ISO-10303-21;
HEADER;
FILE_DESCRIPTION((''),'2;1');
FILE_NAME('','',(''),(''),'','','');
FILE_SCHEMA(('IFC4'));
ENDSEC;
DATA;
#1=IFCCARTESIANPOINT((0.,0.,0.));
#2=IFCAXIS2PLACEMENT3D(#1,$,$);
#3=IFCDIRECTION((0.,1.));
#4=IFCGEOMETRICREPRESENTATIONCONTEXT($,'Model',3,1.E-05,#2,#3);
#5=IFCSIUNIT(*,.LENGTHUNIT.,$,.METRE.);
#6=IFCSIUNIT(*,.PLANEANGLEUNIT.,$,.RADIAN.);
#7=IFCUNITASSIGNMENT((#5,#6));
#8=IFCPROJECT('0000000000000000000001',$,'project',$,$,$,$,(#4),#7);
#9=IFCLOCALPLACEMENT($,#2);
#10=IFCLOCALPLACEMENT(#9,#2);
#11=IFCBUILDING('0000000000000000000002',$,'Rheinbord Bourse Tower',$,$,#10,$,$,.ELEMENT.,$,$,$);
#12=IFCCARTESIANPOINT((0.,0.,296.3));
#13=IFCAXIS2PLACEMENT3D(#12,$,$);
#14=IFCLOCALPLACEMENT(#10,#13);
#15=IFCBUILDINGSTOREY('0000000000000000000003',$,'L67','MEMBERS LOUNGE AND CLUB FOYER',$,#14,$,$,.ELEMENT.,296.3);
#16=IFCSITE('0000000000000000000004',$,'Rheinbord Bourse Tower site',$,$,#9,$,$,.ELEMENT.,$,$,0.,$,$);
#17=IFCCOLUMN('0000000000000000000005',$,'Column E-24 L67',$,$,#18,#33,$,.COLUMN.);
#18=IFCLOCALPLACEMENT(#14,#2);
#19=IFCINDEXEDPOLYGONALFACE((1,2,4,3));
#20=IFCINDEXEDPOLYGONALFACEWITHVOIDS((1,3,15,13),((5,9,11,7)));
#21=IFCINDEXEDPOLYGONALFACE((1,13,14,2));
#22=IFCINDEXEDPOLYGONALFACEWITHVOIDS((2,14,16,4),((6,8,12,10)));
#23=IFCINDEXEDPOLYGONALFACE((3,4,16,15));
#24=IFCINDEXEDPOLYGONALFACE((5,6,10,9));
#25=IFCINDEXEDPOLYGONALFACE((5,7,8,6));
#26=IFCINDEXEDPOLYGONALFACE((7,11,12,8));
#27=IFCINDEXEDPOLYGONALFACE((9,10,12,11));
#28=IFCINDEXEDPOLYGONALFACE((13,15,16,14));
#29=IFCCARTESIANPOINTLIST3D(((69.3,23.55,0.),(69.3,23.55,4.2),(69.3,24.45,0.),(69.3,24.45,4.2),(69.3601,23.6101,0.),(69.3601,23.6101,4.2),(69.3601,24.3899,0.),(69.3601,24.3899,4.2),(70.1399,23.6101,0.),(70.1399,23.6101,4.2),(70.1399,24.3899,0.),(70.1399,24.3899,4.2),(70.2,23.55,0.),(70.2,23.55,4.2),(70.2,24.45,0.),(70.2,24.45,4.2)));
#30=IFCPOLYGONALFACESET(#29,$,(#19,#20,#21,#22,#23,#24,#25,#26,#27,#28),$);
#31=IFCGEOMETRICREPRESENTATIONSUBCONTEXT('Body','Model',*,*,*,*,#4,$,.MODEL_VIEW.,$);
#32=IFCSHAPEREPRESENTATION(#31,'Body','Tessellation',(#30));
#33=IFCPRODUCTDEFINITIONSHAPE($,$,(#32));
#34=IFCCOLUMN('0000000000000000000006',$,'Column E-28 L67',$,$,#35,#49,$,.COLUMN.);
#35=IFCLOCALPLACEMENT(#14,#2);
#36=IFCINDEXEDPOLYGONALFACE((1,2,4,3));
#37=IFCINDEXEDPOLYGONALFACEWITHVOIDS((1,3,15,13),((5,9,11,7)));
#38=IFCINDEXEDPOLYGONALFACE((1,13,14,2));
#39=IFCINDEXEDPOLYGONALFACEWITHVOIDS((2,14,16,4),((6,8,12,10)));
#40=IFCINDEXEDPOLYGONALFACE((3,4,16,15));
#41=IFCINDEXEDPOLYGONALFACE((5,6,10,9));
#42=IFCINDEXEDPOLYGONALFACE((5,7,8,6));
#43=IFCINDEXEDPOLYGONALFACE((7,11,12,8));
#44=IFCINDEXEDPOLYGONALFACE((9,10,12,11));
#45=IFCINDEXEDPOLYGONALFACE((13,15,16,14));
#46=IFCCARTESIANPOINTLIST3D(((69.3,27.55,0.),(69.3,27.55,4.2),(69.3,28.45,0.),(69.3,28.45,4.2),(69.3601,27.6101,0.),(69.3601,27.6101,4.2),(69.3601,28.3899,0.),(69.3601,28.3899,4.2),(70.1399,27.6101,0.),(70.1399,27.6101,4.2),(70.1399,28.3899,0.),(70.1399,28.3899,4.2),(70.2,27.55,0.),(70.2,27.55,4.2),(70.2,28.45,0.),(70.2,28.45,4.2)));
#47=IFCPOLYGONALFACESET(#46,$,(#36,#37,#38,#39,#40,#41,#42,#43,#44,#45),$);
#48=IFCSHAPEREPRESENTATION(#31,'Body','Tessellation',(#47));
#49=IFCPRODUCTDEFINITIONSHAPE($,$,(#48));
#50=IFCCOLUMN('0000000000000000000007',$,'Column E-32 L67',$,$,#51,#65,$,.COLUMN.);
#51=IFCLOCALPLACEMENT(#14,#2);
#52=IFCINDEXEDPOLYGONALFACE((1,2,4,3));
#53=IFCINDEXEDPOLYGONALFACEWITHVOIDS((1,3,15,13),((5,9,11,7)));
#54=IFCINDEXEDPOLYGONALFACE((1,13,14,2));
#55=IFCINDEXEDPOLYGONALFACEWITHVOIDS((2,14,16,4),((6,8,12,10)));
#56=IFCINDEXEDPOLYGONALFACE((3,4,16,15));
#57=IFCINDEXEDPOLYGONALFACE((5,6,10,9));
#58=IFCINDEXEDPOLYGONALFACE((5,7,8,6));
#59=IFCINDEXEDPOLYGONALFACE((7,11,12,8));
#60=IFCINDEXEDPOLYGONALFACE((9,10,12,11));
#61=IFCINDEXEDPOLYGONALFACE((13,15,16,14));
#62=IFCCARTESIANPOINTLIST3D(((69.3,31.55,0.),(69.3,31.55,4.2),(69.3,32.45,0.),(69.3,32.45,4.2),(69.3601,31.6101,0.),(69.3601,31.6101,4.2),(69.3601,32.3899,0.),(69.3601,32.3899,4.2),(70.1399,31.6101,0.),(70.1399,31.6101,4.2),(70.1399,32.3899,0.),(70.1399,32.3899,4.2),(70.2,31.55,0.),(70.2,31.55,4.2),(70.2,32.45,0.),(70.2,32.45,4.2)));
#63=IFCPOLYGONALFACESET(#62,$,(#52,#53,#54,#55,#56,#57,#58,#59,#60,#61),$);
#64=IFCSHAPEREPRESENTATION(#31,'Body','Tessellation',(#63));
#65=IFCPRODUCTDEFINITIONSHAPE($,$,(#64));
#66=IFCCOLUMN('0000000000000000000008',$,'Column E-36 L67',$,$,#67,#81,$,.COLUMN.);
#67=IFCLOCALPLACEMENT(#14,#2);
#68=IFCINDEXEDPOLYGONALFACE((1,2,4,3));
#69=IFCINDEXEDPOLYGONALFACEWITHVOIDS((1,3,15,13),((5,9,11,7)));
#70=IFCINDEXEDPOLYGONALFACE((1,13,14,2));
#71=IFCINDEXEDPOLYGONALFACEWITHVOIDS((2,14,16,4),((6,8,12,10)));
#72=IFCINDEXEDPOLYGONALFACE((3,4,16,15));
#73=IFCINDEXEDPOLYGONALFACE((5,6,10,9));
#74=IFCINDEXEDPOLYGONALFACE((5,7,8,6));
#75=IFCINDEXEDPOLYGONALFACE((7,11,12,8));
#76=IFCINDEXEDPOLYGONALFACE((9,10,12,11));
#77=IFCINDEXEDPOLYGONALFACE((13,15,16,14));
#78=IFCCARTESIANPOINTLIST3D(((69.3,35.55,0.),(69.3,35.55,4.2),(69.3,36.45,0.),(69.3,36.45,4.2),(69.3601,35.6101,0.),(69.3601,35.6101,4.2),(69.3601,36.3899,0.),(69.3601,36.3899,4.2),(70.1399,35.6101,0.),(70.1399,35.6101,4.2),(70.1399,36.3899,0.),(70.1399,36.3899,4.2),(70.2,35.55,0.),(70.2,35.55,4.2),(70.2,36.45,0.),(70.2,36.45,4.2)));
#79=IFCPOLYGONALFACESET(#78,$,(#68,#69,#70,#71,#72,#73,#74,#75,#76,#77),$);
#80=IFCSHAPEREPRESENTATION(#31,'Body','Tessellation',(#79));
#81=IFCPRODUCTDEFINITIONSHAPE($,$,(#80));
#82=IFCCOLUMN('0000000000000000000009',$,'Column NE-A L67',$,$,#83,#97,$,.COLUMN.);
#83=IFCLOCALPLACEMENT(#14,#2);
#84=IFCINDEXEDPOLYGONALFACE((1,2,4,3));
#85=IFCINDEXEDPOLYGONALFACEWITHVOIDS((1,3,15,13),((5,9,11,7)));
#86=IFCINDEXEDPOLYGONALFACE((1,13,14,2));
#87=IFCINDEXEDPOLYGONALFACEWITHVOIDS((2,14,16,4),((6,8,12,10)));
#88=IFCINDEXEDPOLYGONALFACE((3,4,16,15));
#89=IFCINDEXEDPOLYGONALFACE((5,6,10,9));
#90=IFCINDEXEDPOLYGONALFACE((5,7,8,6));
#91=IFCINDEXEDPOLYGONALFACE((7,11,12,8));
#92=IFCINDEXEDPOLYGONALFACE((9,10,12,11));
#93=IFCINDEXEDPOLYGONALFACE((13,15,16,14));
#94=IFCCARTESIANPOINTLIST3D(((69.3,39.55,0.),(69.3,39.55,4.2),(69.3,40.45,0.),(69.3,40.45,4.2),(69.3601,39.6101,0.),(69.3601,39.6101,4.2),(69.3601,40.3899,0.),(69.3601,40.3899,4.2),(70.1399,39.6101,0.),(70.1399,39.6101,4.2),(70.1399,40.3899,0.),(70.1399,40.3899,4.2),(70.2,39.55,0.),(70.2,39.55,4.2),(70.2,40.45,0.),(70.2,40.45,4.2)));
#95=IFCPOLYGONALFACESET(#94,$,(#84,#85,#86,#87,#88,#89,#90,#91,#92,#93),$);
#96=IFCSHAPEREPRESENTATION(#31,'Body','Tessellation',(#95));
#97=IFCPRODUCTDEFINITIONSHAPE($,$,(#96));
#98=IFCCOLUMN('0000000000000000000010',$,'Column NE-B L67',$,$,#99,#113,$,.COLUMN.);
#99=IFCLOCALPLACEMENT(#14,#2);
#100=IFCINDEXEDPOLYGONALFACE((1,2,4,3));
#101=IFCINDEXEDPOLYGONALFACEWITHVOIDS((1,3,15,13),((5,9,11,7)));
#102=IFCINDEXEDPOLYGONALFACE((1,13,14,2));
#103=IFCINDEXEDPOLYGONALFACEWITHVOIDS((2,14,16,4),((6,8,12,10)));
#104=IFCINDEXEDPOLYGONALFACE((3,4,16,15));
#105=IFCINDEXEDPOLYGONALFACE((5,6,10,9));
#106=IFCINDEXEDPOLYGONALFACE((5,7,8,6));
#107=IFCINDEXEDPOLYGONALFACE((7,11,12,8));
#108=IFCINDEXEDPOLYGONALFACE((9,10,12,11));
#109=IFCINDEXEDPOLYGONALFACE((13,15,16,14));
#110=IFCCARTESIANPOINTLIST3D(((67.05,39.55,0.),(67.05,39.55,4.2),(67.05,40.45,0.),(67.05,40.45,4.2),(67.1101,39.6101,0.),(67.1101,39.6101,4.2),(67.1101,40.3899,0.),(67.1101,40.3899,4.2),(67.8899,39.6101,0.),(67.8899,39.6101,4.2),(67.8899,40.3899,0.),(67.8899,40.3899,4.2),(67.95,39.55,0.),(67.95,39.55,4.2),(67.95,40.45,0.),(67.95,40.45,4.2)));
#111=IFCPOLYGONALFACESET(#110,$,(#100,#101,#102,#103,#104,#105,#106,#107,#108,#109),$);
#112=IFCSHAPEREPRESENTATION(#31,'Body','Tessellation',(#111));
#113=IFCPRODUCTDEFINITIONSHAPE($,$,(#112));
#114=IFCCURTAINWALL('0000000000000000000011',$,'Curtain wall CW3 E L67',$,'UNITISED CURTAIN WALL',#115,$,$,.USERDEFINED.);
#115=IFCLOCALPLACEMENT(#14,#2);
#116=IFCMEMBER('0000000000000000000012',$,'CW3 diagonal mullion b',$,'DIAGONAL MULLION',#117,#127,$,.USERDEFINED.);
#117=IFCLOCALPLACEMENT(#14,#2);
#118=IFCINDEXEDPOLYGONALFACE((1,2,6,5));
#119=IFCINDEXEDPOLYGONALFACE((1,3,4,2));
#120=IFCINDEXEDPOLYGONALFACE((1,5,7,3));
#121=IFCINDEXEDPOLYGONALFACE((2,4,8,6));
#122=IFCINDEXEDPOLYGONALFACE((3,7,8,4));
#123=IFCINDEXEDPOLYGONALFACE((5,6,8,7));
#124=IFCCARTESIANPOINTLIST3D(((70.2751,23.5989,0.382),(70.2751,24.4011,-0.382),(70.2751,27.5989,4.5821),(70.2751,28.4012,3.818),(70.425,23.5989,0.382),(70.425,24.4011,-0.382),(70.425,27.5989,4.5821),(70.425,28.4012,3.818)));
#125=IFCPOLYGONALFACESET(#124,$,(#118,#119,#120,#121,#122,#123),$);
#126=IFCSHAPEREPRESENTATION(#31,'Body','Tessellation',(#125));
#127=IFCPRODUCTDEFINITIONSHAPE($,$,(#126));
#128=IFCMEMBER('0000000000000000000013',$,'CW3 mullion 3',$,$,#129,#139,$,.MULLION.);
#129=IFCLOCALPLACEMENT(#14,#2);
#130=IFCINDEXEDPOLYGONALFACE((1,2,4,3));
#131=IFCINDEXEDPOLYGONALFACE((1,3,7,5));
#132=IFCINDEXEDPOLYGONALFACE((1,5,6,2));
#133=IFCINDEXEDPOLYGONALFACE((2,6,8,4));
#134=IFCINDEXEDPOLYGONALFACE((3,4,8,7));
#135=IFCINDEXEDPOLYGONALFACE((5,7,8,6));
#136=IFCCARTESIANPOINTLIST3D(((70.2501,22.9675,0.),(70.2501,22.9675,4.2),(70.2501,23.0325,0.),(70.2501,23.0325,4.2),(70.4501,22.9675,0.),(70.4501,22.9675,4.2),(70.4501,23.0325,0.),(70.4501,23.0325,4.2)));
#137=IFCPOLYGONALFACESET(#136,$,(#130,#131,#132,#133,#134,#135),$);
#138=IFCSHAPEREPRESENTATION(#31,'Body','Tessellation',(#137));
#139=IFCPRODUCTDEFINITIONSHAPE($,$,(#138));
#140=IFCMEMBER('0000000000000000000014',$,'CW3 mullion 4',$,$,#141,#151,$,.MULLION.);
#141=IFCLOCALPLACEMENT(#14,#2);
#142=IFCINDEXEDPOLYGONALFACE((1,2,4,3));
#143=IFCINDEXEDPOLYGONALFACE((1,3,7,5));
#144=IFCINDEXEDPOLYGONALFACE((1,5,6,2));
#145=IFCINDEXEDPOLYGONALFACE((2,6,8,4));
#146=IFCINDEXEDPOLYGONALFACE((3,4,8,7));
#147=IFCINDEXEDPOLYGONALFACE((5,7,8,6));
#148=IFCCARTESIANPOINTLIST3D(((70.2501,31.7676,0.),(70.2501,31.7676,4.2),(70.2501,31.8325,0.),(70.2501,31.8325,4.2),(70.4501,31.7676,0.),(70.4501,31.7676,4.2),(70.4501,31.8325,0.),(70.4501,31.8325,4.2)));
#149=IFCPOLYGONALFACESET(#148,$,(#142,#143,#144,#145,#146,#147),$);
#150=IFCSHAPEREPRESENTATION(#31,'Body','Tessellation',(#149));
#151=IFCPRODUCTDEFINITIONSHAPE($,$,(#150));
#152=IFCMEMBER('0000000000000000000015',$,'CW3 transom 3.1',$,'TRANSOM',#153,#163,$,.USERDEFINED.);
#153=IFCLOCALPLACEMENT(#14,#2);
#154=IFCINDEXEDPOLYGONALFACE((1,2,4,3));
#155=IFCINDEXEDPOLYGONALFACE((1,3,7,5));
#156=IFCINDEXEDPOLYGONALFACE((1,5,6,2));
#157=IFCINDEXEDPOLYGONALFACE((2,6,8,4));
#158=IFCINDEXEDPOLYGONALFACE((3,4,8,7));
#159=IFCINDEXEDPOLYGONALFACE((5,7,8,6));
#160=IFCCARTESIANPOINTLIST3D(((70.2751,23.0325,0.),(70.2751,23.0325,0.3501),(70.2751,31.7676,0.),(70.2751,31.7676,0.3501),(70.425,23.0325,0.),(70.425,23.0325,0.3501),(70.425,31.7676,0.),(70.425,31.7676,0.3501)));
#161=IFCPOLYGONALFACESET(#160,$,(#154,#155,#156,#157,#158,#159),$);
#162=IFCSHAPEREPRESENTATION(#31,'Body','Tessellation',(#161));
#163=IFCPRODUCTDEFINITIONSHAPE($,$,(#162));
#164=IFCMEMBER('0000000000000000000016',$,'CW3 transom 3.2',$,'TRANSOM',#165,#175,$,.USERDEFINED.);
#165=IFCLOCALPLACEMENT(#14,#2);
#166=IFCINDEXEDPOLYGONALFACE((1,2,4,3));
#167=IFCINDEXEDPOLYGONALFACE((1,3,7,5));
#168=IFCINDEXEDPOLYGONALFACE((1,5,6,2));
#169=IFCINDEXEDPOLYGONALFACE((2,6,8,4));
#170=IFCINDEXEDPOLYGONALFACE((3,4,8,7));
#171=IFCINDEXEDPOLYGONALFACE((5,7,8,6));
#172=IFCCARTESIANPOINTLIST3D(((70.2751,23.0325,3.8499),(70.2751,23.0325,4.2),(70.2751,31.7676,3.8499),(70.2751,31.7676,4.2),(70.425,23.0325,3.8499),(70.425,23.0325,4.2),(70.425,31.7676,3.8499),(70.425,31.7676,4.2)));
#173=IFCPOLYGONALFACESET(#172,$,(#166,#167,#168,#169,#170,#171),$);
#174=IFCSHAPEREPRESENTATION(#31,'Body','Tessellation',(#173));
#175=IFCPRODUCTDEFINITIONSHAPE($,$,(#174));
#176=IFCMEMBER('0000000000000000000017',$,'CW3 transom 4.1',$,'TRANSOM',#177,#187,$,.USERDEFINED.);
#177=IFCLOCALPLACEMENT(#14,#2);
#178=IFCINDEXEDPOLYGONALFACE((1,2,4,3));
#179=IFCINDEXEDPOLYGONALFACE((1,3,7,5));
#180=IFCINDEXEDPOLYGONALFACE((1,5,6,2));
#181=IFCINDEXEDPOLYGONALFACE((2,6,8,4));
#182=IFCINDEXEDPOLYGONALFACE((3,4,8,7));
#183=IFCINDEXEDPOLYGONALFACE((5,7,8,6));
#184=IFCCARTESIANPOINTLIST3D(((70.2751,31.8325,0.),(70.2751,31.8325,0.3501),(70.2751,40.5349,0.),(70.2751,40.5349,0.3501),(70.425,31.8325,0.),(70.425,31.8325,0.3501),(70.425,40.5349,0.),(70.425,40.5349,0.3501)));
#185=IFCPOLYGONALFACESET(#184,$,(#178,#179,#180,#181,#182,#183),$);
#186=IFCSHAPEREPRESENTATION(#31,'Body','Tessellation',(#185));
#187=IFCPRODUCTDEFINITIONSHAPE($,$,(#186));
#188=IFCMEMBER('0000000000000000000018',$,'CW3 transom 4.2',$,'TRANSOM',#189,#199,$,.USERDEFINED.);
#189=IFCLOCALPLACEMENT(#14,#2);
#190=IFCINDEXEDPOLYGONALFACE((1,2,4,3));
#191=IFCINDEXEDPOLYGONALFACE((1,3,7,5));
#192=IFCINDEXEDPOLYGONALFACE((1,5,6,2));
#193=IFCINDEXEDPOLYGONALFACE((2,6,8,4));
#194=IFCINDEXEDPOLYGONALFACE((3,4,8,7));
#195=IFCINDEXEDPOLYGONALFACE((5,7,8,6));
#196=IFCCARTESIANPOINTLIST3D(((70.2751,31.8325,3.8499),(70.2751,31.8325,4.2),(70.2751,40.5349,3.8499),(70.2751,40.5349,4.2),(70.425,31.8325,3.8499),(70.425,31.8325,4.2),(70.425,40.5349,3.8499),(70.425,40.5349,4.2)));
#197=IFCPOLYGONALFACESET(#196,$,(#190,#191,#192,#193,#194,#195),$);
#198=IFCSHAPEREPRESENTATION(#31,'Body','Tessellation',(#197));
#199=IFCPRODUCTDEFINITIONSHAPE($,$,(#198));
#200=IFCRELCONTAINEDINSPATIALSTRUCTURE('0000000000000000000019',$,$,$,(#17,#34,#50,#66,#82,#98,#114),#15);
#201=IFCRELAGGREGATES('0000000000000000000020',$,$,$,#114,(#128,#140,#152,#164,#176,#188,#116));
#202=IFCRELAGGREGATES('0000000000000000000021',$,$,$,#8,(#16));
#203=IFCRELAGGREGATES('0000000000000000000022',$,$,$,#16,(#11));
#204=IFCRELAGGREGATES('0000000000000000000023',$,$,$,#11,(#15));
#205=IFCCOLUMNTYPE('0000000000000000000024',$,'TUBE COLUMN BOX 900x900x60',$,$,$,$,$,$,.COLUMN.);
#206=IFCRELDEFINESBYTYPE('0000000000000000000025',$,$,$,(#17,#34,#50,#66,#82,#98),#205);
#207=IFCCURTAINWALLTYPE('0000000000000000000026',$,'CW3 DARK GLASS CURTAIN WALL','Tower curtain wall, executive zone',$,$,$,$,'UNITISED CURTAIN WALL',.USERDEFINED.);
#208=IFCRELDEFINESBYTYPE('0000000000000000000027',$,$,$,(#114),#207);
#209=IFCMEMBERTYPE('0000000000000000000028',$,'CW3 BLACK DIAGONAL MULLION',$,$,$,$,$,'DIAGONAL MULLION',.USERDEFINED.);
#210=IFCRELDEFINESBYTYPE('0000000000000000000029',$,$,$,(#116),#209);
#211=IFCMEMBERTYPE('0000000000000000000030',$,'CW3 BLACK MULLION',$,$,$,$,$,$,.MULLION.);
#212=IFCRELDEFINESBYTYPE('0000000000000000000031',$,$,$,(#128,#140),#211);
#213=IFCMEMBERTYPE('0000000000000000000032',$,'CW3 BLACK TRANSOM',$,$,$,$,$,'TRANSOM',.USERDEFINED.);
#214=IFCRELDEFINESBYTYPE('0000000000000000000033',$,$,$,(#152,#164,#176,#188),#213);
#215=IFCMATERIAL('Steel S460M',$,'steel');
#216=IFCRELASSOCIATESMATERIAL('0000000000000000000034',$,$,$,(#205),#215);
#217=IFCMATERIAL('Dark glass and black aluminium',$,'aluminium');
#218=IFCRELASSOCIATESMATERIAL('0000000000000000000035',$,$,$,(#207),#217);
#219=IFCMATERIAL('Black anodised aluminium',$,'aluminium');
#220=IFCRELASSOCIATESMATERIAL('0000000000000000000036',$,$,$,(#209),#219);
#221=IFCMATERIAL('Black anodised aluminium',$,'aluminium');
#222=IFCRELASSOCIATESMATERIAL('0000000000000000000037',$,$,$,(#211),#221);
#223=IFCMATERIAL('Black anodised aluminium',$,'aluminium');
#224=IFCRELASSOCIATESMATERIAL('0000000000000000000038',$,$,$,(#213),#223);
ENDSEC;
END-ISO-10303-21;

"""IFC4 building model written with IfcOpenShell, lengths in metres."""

from ifc_helpers import new_model, si_unit, direction, frame, origin, origin_2d, place, context, subcontext, project, spatial, rectangle, hollow_rectangle, extrude, material, material_profile, profile_set, type_object, element, aggregate, save


model = new_model("IFC4")

# Units and contexts
model_context = context("Model", 3, precision=1e-05, world=origin(), true_north=direction((0.0, 1.0)))
body_context = subcontext(model_context, "Body", "Model", "MODEL_VIEW")
ifc_project = project(units=[si_unit("LENGTHUNIT", "METRE"), si_unit("PLANEANGLEUNIT", "RADIAN")], contexts=[model_context])

# Site, building, storey
site_placement = place(None, origin())
site = spatial("IfcSite", under=ifc_project, at=site_placement, Name="Rheinbord Bourse Tower site", CompositionType="ELEMENT", RefElevation=0.0)
building_placement = place(site_placement, origin())
building = spatial("IfcBuilding", under=site, at=building_placement, Name="Rheinbord Bourse Tower", CompositionType="ELEMENT")
storey_placement = place(building_placement, frame((0.0, 0.0, 296.3)))
storey = spatial("IfcBuildingStorey", under=building, at=storey_placement, Name="L67", Description="MEMBERS LOUNGE AND CLUB FOYER", CompositionType="ELEMENT", Elevation=296.3)

# Columns
ifc_material_1 = material(Name="Steel S460M", Category="steel")
ifc_material_profile_1 = material_profile(ifc_material_1, hollow_rectangle(XDim=0.8999, YDim=0.8999, WallThickness=0.0601, at=origin_2d()), Name="BOX 900x900x60")
ifc_profile_set_1 = profile_set([ifc_material_profile_1], Name="Steel S460M")
column_type = type_object("IfcColumnType", Name="TUBE COLUMN BOX 900x900x60", PredefinedType="COLUMN", material=ifc_profile_set_1)
for number, where, z_axis, x_axis, name in (
    (1, (69.75, 24.0, 0.0), (0.0, 0.0, 1.0), (1.0, 0.0, 0.0), "Column E-24 L67"),
    (2, (69.75, 28.0, 0.0), (0.0, 0.0, 1.0), (1.0, 0.0, 0.0), "Column E-28 L67"),
    (3, (69.75, 32.0, 0.0), (0.0, 0.0, 1.0), (1.0, 0.0, 0.0), "Column E-32 L67"),
    (4, (69.75, 36.0, 0.0), (0.0, 0.0, 1.0), (1.0, 0.0, 0.0), "Column E-36 L67"),
    (5, (69.75, 40.0, 0.0), (0.0, 0.0, 1.0), (1.0, 0.0, 0.0), "Column NE-A L67"),
    (6, (67.5, 40.0, 0.0), (0.0, 0.0, 1.0), (1.0, 0.0, 0.0), "Column NE-B L67"),
):
    element("IfcColumn", number, at=place(storey_placement, frame(where, z_axis=z_axis, x_axis=x_axis)), inside=storey, type_object=column_type, Name=name, PredefinedType="COLUMN", context=body_context, shape_type="SweptSolid", body=[
        extrude(hollow_rectangle(XDim=0.8999, YDim=0.8999, WallThickness=0.0601, at=origin_2d()), origin(), (0.0, 0.0, 1.0), 4.2),
    ])

# Curtain wall, members
ifc_material_2 = material(Name="Dark glass and black aluminium", Category="aluminium")
curtain_wall_type = type_object("IfcCurtainWallType", Name="CW3 DARK GLASS CURTAIN WALL", Description="Tower curtain wall, executive zone", ElementType="UNITISED CURTAIN WALL", PredefinedType="USERDEFINED", material=ifc_material_2)
curtain_wall_placement = place(storey_placement, origin())
curtain_wall = element("IfcCurtainWall", 7, at=curtain_wall_placement, inside=storey, type_object=curtain_wall_type, Name="Curtain wall CW3 E L67", ObjectType="UNITISED CURTAIN WALL", PredefinedType="USERDEFINED")
ifc_material_3 = material(Name="Black anodised aluminium", Category="aluminium")
ifc_material_profile_2 = material_profile(ifc_material_3, rectangle(XDim=0.1499, YDim=1.1079, at=origin_2d()), Name="CW3 DIAGONAL MULLION 1108x150")
ifc_profile_set_2 = profile_set([ifc_material_profile_2], Name="Black anodised aluminium")
member_type_1 = type_object("IfcMemberType", Name="CW3 BLACK DIAGONAL MULLION", ElementType="DIAGONAL MULLION", PredefinedType="USERDEFINED", material=ifc_profile_set_2)
member_1_placement = place(storey_placement, frame((70.3501, 24.0, 0.0), z_axis=(0.0, 0.689659, 0.724134), x_axis=(-1.0, 0.0, 0.0)))
member_1 = element("IfcMember", 8, at=member_1_placement, type_object=member_type_1, Name="CW3 diagonal mullion b", ObjectType="DIAGONAL MULLION", PredefinedType="USERDEFINED", context=body_context, shape_type="SweptSolid", body=[
    extrude(rectangle(XDim=0.1499, YDim=1.1079, at=origin_2d()), origin(), (0.0, 0.0, 1.0), 5.8),
])
ifc_material_4 = material(Name="Black anodised aluminium", Category="aluminium")
ifc_material_profile_3 = material_profile(ifc_material_4, rectangle(XDim=0.2, YDim=0.0649, at=origin_2d()), Name="CW3 MULLION 65x200")
ifc_profile_set_3 = profile_set([ifc_material_profile_3], Name="Black anodised aluminium")
member_type_2 = type_object("IfcMemberType", Name="CW3 BLACK MULLION", PredefinedType="MULLION", material=ifc_profile_set_3)
member_2_placement = place(storey_placement, frame((70.3501, 23.0, 0.0), z_axis=(0.0, 0.0, 1.0), x_axis=(-1.0, 0.0, 0.0)))
member_2 = element("IfcMember", 9, at=member_2_placement, type_object=member_type_2, Name="CW3 mullion 3", PredefinedType="MULLION", context=body_context, shape_type="SweptSolid", body=[
    extrude(rectangle(XDim=0.2, YDim=0.0649, at=origin_2d()), origin(), (0.0, 0.0, 1.0), 4.2),
])
member_3_placement = place(storey_placement, frame((70.3501, 31.8, 0.0), z_axis=(0.0, 0.0, 1.0), x_axis=(-1.0, 0.0, 0.0)))
member_3 = element("IfcMember", 10, at=member_3_placement, type_object=member_type_2, Name="CW3 mullion 4", PredefinedType="MULLION", context=body_context, shape_type="SweptSolid", body=[
    extrude(rectangle(XDim=0.2, YDim=0.0649, at=origin_2d()), origin(), (0.0, 0.0, 1.0), 4.2),
])
ifc_material_5 = material(Name="Black anodised aluminium", Category="aluminium")
ifc_material_profile_4 = material_profile(ifc_material_5, rectangle(XDim=0.1499, YDim=0.3501, at=origin_2d()), Name="CW3 TRANSOM 350x150")
ifc_profile_set_4 = profile_set([ifc_material_profile_4], Name="Black anodised aluminium")
member_type_3 = type_object("IfcMemberType", Name="CW3 BLACK TRANSOM", ElementType="TRANSOM", PredefinedType="USERDEFINED", material=ifc_profile_set_4)
member_4_placement = place(storey_placement, frame((70.3501, 23.0325, 0.175), z_axis=(0.0, 1.0, 0.0), x_axis=(-1.0, 0.0, 0.0)))
member_4 = element("IfcMember", 11, at=member_4_placement, type_object=member_type_3, Name="CW3 transom 3.1", ObjectType="TRANSOM", PredefinedType="USERDEFINED", context=body_context, shape_type="SweptSolid", body=[
    extrude(rectangle(XDim=0.1499, YDim=0.3501, at=origin_2d()), origin(), (0.0, 0.0, 1.0), 8.7351),
])
member_5_placement = place(storey_placement, frame((70.3501, 23.0325, 4.0249), z_axis=(0.0, 1.0, 0.0), x_axis=(-1.0, 0.0, 0.0)))
member_5 = element("IfcMember", 12, at=member_5_placement, type_object=member_type_3, Name="CW3 transom 3.2", ObjectType="TRANSOM", PredefinedType="USERDEFINED", context=body_context, shape_type="SweptSolid", body=[
    extrude(rectangle(XDim=0.1499, YDim=0.3501, at=origin_2d()), origin(), (0.0, 0.0, 1.0), 8.7351),
])
member_6_placement = place(storey_placement, frame((70.3501, 31.8325, 0.175), z_axis=(0.0, 1.0, 0.0), x_axis=(-1.0, 0.0, 0.0)))
member_6 = element("IfcMember", 13, at=member_6_placement, type_object=member_type_3, Name="CW3 transom 4.1", ObjectType="TRANSOM", PredefinedType="USERDEFINED", context=body_context, shape_type="SweptSolid", body=[
    extrude(rectangle(XDim=0.1499, YDim=0.3501, at=origin_2d()), origin(), (0.0, 0.0, 1.0), 8.7024),
])
member_7_placement = place(storey_placement, frame((70.3501, 31.8325, 4.0249), z_axis=(0.0, 1.0, 0.0), x_axis=(-1.0, 0.0, 0.0)))
member_7 = element("IfcMember", 14, at=member_7_placement, type_object=member_type_3, Name="CW3 transom 4.2", ObjectType="TRANSOM", PredefinedType="USERDEFINED", context=body_context, shape_type="SweptSolid", body=[
    extrude(rectangle(XDim=0.1499, YDim=0.3501, at=origin_2d()), origin(), (0.0, 0.0, 1.0), 8.7024),
])

aggregate(curtain_wall, [member_2, member_3, member_4, member_5, member_6, member_7, member_1])

save(model, "model.ifc")
